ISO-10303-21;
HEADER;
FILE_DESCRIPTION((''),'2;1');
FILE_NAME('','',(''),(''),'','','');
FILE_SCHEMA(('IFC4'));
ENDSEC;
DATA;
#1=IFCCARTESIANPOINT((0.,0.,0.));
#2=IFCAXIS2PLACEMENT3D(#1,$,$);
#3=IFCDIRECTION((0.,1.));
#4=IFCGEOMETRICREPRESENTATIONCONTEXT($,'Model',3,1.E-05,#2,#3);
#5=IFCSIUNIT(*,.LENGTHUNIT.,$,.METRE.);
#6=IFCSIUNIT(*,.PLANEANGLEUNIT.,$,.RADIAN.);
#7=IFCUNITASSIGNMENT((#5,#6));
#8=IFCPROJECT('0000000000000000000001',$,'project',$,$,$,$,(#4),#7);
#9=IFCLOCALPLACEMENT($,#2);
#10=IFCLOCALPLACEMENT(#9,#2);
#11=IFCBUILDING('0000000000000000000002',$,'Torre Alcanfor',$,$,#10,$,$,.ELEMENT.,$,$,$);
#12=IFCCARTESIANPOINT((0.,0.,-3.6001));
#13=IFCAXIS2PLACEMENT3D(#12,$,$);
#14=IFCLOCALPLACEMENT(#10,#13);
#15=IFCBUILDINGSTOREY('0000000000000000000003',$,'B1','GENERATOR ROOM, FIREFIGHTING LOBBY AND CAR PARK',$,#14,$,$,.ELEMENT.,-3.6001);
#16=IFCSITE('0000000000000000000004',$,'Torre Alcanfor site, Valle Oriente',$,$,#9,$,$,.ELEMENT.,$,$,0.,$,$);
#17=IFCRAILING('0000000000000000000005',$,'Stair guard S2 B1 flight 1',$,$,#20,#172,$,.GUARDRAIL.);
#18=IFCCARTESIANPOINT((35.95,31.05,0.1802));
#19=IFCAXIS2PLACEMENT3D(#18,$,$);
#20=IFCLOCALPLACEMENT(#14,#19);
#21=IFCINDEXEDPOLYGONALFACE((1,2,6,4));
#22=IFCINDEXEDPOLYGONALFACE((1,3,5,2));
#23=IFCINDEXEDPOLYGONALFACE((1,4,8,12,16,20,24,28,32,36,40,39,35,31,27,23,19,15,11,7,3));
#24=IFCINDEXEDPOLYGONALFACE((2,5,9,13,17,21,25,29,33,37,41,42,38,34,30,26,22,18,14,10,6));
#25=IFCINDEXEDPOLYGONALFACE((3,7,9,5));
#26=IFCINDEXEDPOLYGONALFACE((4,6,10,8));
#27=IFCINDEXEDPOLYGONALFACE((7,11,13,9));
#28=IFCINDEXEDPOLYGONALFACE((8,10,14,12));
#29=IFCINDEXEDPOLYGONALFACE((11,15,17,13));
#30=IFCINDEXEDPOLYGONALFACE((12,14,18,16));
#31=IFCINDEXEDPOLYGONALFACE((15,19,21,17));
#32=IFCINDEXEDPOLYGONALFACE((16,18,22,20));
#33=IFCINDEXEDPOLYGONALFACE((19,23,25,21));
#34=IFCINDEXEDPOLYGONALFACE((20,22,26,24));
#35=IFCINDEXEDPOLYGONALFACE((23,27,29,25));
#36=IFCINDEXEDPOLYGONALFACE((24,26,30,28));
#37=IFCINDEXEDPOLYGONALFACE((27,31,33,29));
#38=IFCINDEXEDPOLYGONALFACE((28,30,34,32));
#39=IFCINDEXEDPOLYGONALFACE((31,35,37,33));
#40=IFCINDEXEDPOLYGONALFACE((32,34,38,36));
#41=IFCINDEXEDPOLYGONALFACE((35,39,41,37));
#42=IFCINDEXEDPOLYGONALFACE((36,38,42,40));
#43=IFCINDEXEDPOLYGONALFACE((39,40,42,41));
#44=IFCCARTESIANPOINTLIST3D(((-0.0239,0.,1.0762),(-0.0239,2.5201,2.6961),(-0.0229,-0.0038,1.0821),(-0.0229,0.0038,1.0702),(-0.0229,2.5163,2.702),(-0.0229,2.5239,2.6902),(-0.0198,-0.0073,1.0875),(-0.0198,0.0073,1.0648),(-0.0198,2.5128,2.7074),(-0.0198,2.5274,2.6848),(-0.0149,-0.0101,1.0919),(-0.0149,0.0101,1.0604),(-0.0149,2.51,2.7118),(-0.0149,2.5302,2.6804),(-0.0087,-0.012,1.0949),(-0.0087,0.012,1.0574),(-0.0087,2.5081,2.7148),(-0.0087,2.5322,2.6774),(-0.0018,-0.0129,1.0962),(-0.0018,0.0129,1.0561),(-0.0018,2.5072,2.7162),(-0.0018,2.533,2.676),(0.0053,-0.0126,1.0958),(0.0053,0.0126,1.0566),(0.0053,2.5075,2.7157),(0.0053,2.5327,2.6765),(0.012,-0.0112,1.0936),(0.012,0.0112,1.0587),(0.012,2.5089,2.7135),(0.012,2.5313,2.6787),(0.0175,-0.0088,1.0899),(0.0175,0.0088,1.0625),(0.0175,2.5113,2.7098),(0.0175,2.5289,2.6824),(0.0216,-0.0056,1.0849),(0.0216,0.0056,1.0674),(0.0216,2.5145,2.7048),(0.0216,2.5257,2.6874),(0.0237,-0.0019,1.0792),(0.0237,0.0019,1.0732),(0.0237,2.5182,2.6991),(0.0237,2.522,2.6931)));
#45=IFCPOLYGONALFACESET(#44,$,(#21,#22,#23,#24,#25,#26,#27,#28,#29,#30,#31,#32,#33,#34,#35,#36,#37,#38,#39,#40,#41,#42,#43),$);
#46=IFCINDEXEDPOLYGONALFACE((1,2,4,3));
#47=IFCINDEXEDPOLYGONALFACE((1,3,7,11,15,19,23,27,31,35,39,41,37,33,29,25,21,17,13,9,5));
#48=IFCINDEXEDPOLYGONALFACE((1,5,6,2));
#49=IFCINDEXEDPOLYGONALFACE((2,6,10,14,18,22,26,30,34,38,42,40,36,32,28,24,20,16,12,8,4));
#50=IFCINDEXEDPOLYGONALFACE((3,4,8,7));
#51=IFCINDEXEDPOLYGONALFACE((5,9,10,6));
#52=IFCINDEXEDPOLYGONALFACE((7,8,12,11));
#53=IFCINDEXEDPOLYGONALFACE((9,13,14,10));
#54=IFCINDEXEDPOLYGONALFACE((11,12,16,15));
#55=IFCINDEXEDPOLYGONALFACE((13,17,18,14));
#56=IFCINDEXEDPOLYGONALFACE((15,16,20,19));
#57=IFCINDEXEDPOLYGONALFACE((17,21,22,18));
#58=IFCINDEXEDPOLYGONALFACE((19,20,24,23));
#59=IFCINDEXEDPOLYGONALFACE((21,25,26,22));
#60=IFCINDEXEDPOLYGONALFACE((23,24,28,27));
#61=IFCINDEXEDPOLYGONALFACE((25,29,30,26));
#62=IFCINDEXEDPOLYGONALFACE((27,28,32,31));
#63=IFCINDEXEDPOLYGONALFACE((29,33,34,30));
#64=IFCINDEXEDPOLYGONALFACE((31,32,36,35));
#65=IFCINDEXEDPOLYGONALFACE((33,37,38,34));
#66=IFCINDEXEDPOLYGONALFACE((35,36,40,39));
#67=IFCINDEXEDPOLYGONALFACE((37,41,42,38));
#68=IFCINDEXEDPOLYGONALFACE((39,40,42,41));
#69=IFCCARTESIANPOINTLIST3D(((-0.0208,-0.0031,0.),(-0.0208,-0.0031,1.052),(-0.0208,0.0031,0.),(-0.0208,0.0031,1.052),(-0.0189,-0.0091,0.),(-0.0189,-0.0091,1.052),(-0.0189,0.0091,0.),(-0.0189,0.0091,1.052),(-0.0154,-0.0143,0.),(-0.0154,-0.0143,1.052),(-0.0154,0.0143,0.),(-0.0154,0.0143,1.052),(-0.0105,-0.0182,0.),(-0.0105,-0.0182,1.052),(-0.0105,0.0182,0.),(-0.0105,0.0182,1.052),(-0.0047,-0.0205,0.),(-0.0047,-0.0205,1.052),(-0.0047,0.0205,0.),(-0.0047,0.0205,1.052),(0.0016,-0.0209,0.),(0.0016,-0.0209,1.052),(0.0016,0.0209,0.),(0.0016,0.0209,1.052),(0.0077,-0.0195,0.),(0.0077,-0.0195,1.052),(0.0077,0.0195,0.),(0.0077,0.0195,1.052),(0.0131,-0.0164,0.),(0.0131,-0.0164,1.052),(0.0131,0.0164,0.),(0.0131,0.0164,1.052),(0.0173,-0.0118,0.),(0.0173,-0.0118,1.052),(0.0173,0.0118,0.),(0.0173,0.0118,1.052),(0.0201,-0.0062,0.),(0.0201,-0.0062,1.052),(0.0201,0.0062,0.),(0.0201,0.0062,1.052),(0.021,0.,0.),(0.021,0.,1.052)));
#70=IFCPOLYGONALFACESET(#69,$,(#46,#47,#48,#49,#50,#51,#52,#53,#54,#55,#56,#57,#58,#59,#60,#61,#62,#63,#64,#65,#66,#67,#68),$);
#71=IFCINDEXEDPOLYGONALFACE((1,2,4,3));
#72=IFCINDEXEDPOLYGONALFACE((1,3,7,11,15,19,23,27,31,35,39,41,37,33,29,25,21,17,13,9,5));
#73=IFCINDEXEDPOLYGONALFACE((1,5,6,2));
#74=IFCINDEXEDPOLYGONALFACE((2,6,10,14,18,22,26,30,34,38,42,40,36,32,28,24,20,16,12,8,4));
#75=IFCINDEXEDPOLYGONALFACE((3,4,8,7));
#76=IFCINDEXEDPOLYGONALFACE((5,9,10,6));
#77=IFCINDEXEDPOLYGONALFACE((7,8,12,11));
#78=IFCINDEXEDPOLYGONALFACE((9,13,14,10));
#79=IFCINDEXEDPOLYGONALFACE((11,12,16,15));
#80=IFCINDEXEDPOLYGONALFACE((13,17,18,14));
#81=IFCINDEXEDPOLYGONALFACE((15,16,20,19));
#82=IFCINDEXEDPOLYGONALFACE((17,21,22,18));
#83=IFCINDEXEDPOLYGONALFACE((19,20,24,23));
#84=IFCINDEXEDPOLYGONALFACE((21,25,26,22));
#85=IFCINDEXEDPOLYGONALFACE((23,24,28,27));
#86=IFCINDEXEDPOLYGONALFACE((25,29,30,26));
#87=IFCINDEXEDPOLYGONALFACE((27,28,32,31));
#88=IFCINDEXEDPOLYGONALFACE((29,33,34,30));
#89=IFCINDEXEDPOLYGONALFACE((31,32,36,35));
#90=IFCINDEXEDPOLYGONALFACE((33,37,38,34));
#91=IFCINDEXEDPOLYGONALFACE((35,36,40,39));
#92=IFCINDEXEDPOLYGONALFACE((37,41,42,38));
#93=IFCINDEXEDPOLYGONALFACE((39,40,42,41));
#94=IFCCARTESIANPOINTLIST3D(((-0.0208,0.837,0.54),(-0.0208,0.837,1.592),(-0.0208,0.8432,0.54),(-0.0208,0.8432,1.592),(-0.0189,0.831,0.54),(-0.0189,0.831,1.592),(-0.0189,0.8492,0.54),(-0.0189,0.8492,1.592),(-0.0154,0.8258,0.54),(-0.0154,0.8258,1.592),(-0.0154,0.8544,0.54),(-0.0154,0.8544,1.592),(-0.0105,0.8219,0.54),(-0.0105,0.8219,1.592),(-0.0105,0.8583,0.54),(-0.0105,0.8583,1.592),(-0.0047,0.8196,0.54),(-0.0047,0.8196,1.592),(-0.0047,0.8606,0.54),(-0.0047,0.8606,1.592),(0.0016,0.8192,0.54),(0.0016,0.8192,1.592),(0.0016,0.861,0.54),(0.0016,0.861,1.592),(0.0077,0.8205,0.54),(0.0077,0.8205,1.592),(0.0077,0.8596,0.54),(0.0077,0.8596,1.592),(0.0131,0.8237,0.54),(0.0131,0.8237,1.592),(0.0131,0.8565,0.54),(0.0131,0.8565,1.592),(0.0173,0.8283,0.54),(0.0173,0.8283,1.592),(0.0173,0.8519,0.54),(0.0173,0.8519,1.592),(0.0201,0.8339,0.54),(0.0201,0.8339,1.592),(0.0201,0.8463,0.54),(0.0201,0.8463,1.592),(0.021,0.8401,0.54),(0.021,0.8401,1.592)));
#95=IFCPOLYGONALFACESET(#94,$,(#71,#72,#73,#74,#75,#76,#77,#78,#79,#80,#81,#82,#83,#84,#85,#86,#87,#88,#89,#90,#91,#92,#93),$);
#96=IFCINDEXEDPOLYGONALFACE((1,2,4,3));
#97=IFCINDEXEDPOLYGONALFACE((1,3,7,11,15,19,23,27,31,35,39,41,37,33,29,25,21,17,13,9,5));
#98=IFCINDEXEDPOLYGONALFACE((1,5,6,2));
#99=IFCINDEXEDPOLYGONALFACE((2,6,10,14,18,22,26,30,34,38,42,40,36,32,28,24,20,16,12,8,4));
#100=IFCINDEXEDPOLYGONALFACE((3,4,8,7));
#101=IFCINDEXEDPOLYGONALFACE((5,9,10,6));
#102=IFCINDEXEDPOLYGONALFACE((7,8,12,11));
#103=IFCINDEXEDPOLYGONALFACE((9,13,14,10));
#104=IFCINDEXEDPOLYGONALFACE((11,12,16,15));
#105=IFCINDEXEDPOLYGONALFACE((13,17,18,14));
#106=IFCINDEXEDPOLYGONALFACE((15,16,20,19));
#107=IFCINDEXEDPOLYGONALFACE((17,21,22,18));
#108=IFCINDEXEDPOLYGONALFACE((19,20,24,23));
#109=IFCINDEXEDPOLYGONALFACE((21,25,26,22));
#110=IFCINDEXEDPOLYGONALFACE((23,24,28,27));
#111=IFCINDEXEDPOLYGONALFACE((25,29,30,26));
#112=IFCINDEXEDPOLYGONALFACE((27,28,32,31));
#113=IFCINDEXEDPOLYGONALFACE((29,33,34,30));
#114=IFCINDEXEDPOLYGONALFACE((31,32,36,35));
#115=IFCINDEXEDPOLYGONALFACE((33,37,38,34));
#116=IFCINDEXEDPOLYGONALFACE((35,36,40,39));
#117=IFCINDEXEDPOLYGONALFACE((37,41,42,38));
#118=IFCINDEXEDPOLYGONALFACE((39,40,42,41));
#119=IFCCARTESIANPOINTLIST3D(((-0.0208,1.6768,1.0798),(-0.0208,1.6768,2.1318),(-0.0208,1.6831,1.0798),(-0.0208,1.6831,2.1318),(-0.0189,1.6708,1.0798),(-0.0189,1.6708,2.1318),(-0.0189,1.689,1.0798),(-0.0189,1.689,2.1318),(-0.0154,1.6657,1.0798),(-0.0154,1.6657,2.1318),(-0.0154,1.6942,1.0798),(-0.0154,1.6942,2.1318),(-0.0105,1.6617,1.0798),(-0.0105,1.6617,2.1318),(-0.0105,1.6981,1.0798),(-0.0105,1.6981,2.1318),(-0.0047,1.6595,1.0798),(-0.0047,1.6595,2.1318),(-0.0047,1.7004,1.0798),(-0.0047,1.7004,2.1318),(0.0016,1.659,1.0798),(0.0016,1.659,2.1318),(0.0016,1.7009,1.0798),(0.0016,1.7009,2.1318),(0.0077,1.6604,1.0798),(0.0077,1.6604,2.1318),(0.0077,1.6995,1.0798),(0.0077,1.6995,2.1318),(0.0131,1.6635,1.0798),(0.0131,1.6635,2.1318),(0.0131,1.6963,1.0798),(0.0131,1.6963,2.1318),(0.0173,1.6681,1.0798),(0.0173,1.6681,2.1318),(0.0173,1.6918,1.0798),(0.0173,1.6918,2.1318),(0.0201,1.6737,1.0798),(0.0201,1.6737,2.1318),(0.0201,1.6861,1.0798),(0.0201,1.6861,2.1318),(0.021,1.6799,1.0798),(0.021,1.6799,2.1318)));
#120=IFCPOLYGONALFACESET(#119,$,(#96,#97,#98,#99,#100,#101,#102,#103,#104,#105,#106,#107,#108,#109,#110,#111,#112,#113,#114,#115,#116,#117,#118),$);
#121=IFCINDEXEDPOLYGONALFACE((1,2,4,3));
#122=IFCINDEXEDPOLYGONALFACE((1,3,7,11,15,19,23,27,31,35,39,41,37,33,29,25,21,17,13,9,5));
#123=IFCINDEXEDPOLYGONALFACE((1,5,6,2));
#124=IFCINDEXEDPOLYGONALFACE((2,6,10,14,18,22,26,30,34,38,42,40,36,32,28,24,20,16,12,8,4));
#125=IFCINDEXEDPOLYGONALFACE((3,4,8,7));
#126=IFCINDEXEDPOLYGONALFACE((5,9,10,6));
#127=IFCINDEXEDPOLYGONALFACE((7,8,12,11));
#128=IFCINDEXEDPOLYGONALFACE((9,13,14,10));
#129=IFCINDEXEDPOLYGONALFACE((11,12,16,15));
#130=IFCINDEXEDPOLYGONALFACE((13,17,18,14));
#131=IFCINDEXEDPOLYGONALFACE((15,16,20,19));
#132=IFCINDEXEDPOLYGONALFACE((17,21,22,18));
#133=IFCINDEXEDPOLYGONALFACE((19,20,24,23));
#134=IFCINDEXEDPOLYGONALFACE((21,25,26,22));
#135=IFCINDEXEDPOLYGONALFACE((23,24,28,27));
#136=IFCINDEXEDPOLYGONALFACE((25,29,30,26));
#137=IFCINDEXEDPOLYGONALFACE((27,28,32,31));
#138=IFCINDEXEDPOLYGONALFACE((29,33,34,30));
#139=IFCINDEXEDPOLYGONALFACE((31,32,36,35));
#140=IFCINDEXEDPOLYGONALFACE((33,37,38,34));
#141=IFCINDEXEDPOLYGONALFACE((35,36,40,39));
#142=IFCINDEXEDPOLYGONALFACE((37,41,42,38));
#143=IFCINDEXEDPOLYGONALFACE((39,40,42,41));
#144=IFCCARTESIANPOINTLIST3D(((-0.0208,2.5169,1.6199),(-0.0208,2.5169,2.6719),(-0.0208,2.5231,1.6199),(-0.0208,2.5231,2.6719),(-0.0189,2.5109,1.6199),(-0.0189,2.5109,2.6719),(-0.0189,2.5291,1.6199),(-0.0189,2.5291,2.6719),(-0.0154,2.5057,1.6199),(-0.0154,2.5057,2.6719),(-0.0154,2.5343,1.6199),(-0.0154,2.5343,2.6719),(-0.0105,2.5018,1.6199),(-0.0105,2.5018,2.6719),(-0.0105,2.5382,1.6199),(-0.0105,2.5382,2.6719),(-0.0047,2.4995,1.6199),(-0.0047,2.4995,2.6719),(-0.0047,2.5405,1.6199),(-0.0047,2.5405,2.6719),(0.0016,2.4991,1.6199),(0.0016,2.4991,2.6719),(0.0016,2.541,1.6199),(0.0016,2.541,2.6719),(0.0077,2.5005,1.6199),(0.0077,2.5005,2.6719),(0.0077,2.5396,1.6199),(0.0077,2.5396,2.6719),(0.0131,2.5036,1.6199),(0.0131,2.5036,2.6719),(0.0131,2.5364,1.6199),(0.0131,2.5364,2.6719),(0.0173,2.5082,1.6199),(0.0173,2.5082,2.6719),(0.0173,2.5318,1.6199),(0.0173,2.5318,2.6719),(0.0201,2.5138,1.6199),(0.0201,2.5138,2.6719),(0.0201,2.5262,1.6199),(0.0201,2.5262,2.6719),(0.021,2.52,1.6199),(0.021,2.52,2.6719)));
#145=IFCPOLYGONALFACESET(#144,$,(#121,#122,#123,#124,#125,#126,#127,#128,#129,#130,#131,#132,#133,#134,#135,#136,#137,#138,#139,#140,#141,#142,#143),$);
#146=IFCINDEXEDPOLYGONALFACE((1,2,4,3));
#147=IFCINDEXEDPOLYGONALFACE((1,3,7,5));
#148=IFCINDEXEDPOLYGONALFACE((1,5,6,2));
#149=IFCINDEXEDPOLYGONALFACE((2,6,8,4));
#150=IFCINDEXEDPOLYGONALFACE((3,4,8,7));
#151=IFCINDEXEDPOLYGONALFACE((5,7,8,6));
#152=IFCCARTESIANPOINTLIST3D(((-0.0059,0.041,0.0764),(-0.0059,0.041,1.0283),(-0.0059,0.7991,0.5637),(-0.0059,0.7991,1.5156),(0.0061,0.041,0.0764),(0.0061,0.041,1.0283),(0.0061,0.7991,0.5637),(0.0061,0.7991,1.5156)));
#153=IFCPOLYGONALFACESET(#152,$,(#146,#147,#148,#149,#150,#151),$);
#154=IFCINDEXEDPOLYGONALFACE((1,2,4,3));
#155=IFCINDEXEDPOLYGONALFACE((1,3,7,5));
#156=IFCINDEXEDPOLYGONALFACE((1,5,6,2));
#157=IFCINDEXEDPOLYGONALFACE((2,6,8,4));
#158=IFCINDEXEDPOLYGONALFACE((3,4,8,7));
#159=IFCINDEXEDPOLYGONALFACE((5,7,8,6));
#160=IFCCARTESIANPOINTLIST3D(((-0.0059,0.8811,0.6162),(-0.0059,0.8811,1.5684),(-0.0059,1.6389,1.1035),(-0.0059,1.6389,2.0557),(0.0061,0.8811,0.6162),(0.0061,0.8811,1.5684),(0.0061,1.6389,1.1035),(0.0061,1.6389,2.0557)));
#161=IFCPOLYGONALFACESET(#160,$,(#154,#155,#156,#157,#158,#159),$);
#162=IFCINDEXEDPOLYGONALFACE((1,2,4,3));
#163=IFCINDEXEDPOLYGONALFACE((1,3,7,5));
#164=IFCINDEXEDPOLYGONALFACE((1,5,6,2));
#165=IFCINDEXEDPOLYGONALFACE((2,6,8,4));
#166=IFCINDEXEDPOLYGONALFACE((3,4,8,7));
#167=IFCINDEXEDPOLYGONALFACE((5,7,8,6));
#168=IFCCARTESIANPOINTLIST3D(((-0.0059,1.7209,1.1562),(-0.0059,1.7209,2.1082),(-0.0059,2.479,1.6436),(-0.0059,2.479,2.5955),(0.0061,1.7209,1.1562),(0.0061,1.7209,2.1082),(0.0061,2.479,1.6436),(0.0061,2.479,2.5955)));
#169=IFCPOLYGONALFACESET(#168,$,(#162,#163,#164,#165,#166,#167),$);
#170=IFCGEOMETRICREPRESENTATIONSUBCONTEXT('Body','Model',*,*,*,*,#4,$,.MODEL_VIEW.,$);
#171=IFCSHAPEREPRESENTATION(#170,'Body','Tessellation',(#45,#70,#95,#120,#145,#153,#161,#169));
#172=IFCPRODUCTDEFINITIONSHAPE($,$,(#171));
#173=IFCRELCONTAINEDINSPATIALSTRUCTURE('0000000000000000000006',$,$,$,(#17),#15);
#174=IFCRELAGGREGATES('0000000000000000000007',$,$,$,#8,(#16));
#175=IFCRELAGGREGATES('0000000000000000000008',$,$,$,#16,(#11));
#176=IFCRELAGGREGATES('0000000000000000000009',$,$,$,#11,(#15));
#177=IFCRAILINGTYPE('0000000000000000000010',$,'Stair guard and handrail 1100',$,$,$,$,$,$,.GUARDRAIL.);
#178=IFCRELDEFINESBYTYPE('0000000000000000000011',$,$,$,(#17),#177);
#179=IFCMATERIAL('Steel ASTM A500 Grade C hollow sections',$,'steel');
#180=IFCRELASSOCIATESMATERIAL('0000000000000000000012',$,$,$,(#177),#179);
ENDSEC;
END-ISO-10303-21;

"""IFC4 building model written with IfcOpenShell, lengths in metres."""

from ifc_helpers import new_model, si_unit, direction, frame, origin, origin_2d, place, context, subcontext, project, spatial, polyline, circle, outline, extrude, material, type_object, element, save


model = new_model("IFC4")

# Units and contexts
model_context = context("Model", 3, precision=1e-05, world=origin(), true_north=direction((0.0, 1.0)))
body_context = subcontext(model_context, "Body", "Model", "MODEL_VIEW")
ifc_project = project(units=[si_unit("LENGTHUNIT", "METRE"), si_unit("PLANEANGLEUNIT", "RADIAN")], contexts=[model_context])

# Site, building, storey
site_placement = place(None, origin())
site = spatial("IfcSite", under=ifc_project, at=site_placement, Name="Torre Alcanfor site, Valle Oriente", CompositionType="ELEMENT", RefElevation=0.0)
building_placement = place(site_placement, origin())
building = spatial("IfcBuilding", under=site, at=building_placement, Name="Torre Alcanfor", CompositionType="ELEMENT")
storey_placement = place(building_placement, frame((0.0, 0.0, -3.6001)))
storey = spatial("IfcBuildingStorey", under=building, at=storey_placement, Name="B1", Description="GENERATOR ROOM, FIREFIGHTING LOBBY AND CAR PARK", CompositionType="ELEMENT", Elevation=-3.6001)

# Railing
ifc_material_1 = material(Name="Steel ASTM A500 Grade C hollow sections", Category="steel")
railing_type_1 = type_object("IfcRailingType", Name="Stair guard and handrail 1100", PredefinedType="GUARDRAIL", material=ifc_material_1)
railing_1_placement = place(storey_placement, frame((35.95, 31.05, 0.1802)))
element("IfcRailing", 1, at=railing_1_placement, inside=storey, type_object=railing_type_1, Name="Stair guard S2 B1 flight 1", PredefinedType="GUARDRAIL", context=body_context, shape_type="SweptSolid", body=[
    extrude(circle(Radius=0.0239, at=origin_2d()), frame((0.0, 0.0, 1.0762), z_axis=(0.0, 0.8412, 0.540725), x_axis=(-1.0, 0.0, 0.0)), (0.0, 0.0, 1.0), 2.9958),
    extrude(circle(Radius=0.021, at=origin_2d()), origin(), (0.0, 0.0, 1.0), 1.052),
    extrude(circle(Radius=0.021, at=origin_2d()), frame((0.0, 0.8401, 0.54)), (0.0, 0.0, 1.0), 1.052),
    extrude(circle(Radius=0.021, at=origin_2d()), frame((0.0, 1.6799, 1.0798)), (0.0, 0.0, 1.0), 1.052),
    extrude(circle(Radius=0.021, at=origin_2d()), frame((0.0, 2.52, 1.6199)), (0.0, 0.0, 1.0), 1.052),
    extrude(outline(polyline([(0.041, 0.0764), (0.7991, 0.5637), (0.7991, 1.5156), (0.041, 1.0283), (0.041, 0.0764)])), frame((-0.0059, 0.0, 0.0), z_axis=(1.0, 0.0, 0.0), x_axis=(0.0, 1.0, 0.0)), (0.0, 0.0, 1.0), 0.012),
    extrude(outline(polyline([(0.8811, 0.6162), (1.6389, 1.1035), (1.6389, 2.0557), (0.8811, 1.5684), (0.8811, 0.6162)])), frame((-0.0059, 0.0, 0.0), z_axis=(1.0, 0.0, 0.0), x_axis=(0.0, 1.0, 0.0)), (0.0, 0.0, 1.0), 0.012),
    extrude(outline(polyline([(1.7209, 1.1562), (2.479, 1.6436), (2.479, 2.5955), (1.7209, 2.1082), (1.7209, 1.1562)])), frame((-0.0059, 0.0, 0.0), z_axis=(1.0, 0.0, 0.0), x_axis=(0.0, 1.0, 0.0)), (0.0, 0.0, 1.0), 0.012),
])

save(model, "model.ifc")
